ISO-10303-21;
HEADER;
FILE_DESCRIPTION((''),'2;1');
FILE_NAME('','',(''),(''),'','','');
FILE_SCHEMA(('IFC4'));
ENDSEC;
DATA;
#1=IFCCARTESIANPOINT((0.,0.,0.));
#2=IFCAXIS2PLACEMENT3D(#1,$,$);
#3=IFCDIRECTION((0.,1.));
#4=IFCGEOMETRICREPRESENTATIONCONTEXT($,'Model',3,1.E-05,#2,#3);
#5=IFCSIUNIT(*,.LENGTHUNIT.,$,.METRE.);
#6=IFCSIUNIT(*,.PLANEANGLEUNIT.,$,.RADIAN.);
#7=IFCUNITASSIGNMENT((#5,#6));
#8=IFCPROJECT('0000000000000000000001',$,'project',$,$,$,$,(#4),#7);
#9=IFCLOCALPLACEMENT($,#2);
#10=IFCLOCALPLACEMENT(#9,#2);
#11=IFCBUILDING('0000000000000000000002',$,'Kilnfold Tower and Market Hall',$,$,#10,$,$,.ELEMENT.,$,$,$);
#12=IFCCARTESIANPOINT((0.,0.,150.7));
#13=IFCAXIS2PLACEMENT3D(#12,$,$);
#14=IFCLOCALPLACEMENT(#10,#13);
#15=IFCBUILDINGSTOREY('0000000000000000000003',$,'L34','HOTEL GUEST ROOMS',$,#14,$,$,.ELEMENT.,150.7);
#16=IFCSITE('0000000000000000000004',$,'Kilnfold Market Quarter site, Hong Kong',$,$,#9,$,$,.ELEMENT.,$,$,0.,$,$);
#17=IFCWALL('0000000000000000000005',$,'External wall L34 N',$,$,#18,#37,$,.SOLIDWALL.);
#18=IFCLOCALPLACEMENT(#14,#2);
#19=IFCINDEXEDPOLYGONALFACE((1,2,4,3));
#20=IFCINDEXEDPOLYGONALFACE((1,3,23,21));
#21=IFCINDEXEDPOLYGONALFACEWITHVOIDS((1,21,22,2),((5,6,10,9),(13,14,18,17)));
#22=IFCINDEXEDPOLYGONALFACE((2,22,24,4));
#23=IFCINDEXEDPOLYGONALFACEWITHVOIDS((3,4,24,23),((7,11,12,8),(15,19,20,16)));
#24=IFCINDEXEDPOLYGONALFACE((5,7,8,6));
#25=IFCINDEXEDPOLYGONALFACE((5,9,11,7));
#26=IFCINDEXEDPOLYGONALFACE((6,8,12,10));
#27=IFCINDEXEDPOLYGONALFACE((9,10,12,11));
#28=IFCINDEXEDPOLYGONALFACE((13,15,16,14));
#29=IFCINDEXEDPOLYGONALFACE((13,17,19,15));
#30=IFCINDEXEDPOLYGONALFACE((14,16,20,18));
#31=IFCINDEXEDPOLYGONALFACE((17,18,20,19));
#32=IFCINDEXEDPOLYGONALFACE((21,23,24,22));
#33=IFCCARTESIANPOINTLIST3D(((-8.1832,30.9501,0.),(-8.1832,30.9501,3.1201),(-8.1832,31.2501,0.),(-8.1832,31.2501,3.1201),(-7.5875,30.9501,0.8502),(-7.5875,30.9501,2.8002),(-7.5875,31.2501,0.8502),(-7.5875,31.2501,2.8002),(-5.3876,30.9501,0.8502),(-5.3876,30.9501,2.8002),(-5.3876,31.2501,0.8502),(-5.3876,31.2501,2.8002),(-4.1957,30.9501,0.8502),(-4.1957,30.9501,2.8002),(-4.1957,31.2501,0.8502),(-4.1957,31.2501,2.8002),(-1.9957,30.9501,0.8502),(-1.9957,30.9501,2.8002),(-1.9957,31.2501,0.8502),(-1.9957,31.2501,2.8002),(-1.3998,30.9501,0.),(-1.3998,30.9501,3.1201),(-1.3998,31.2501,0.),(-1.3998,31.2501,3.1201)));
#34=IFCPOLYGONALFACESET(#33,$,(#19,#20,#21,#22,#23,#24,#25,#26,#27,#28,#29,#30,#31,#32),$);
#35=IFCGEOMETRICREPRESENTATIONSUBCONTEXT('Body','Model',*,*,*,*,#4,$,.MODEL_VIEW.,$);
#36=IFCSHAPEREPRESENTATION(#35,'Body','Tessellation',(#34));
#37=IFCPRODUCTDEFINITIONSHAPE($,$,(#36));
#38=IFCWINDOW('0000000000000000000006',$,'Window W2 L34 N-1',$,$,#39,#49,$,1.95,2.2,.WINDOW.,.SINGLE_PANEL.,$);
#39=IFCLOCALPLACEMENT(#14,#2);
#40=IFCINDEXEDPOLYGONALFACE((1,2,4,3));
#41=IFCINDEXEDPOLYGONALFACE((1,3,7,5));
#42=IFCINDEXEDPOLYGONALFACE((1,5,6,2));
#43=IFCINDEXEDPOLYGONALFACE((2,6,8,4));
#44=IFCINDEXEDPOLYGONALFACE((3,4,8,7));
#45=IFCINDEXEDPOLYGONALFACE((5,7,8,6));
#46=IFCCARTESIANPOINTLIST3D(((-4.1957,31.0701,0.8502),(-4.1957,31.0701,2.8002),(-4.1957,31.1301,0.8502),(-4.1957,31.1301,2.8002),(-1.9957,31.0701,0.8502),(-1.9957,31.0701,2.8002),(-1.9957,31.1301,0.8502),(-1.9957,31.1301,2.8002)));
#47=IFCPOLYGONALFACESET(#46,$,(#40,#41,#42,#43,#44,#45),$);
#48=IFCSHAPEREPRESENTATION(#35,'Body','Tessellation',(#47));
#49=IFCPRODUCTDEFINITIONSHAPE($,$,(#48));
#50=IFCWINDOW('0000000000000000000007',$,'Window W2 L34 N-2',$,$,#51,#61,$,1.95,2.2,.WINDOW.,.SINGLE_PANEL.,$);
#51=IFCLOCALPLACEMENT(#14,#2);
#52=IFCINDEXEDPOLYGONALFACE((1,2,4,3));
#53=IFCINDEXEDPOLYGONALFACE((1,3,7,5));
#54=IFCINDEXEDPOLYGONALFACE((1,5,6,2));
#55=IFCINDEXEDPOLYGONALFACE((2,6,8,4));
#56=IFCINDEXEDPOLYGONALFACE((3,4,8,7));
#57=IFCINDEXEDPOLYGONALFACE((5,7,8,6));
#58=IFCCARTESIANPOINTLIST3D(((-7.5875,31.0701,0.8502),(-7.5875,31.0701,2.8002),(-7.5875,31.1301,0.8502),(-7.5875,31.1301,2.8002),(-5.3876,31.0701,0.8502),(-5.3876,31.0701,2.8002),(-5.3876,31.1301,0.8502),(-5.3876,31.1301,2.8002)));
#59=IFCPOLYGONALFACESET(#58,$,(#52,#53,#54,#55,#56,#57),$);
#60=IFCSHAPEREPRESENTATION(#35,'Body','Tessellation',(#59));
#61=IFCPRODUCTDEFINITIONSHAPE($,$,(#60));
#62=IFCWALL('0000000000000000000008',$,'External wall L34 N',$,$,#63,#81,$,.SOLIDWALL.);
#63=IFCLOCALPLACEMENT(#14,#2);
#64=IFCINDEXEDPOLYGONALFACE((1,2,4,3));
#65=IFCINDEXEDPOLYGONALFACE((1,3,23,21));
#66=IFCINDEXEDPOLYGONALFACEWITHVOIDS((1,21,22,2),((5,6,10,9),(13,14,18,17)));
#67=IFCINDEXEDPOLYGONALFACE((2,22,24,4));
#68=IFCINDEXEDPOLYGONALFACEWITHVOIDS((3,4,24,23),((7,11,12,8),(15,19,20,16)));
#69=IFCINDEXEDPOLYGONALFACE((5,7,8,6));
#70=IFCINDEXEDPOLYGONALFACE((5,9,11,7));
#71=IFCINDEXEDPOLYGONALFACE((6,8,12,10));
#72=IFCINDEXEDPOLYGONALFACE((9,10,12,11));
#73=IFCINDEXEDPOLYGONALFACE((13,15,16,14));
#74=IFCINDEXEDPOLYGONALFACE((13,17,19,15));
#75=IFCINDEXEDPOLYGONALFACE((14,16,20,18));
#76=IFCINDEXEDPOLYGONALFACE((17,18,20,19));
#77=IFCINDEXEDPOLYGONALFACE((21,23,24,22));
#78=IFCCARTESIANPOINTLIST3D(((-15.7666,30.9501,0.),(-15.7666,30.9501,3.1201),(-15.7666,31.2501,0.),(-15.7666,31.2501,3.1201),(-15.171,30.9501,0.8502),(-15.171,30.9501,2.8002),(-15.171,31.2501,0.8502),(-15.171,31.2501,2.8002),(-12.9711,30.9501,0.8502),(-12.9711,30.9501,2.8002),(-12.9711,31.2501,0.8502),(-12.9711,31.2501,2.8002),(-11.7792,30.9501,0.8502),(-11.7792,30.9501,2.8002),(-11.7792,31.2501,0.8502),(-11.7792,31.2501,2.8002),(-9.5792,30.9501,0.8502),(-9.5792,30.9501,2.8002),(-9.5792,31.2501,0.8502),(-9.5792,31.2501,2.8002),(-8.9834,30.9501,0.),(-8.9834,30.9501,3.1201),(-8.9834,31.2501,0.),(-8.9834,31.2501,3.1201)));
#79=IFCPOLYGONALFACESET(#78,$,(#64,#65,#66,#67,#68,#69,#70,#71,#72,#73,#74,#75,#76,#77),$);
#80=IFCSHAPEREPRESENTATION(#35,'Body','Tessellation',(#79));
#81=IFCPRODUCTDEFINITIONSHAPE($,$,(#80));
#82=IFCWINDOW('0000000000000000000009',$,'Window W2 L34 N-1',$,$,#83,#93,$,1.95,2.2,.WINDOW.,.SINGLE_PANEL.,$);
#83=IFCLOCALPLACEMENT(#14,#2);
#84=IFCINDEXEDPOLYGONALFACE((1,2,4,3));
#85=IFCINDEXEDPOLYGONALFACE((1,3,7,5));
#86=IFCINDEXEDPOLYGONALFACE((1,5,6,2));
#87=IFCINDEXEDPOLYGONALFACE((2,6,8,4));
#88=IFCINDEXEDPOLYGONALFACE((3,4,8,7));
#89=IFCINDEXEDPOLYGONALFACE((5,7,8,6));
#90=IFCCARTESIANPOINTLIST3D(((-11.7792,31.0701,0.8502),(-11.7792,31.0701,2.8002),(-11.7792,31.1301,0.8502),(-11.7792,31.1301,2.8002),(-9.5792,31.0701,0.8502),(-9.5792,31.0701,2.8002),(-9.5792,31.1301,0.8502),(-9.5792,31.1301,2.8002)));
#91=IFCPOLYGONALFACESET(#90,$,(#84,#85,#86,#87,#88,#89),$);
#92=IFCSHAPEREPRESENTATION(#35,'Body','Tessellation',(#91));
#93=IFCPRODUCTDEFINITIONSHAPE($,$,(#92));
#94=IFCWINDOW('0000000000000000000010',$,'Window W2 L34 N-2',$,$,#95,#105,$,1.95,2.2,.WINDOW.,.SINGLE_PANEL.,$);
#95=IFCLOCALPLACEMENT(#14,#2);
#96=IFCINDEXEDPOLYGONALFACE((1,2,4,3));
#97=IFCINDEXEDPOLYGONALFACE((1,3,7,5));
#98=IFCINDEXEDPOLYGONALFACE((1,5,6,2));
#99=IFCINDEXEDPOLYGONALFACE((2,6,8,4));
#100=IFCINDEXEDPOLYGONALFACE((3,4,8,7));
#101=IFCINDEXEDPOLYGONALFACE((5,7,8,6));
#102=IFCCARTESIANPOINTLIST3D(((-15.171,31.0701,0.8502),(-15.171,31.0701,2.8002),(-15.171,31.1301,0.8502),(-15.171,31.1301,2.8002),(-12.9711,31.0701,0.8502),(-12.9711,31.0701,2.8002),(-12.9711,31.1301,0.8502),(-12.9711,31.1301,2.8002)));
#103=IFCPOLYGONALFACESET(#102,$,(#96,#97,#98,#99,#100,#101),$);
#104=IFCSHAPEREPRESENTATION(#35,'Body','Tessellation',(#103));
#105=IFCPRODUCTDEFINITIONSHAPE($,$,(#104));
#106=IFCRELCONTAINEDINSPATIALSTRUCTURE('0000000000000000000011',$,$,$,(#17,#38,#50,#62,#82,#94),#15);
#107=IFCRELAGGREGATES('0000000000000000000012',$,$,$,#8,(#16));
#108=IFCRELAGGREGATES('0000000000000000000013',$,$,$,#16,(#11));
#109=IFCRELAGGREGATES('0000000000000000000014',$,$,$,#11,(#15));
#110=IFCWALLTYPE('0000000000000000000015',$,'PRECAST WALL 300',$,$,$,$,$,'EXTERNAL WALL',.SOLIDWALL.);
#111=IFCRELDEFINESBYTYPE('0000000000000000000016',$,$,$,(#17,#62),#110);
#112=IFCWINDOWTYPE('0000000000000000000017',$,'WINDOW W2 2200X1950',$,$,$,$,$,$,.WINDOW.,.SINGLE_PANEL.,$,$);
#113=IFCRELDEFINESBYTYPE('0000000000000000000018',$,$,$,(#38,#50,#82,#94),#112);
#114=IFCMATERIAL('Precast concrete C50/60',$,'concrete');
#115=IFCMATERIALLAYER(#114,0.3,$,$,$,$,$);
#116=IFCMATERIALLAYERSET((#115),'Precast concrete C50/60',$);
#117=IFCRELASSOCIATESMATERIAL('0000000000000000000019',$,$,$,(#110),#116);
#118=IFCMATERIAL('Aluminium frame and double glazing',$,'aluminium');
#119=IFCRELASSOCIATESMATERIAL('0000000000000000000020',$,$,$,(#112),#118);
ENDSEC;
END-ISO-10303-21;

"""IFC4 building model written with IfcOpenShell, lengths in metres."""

from ifc_helpers import new_model, si_unit, direction, frame, frame_2d, origin, place, context, subcontext, project, spatial, rectangle, extrude, source, transform, mapped, material, layer, layer_set, type_object, element, fill, save


model = new_model("IFC4")

# Units and contexts
model_context = context("Model", 3, precision=1e-05, world=origin(), true_north=direction((0.0, 1.0)))
body_context = subcontext(model_context, "Body", "Model", "MODEL_VIEW")
ifc_project = project(units=[si_unit("LENGTHUNIT", "METRE"), si_unit("PLANEANGLEUNIT", "RADIAN")], contexts=[model_context])

# Site, building, storey
site_placement = place(None, origin())
site = spatial("IfcSite", under=ifc_project, at=site_placement, Name="Kilnfold Market Quarter site, Hong Kong", CompositionType="ELEMENT", RefElevation=0.0)
building_placement = place(site_placement, origin())
building = spatial("IfcBuilding", under=site, at=building_placement, Name="Kilnfold Tower and Market Hall", CompositionType="ELEMENT")
storey_placement = place(building_placement, frame((0.0, 0.0, 150.7)))
storey = spatial("IfcBuildingStorey", under=building, at=storey_placement, Name="L34", Description="HOTEL GUEST ROOMS", CompositionType="ELEMENT", Elevation=150.7)

# Walls, openings, windows
ifc_material_1 = material(Name="Precast concrete C50/60", Category="concrete")
ifc_layer_1 = layer(ifc_material_1, 0.3)
ifc_layer_set_1 = layer_set([ifc_layer_1], Name="Precast concrete C50/60")
wall_type_1 = type_object("IfcWallType", Name="PRECAST WALL 300", ElementType="EXTERNAL WALL", PredefinedType="SOLIDWALL", material=ifc_layer_set_1)
shared_shape_1 = source(origin(), body_context, "Body", "SweptSolid", [
    extrude(rectangle(XDim=6.7834, YDim=0.3, at=frame_2d((3.3916, 0.0))), origin(), (0.0, 0.0, 1.0), 3.1201),
])
wall_1_placement = place(storey_placement, frame((-1.3999, 31.1001, 0.0), z_axis=(0.0, 0.0, 1.0), x_axis=(-1.0, 0.0, 0.0)))
wall_1 = element("IfcWall", 1, at=wall_1_placement, inside=storey, type_object=wall_type_1, Name="External wall L34 N", PredefinedType="SOLIDWALL", context=body_context, shape_type="MappedRepresentation", body=[
    mapped(shared_shape_1, transform((0.0, 0.0, 0.0))),
])
opening_1_placement = place(wall_1_placement, frame((0.5957, 0.0, 0.8501)))
opening_1 = element("IfcOpeningElement", 2, at=opening_1_placement, cuts=wall_1, PredefinedType="OPENING", context=body_context, shape_type="SweptSolid", body=[
    extrude(rectangle(XDim=2.2, YDim=1.95, at=frame_2d((1.1001, 0.9751))), frame((0.0, 0.1602, 0.0), z_axis=(0.0, -1.0, 0.0), x_axis=(1.0, 0.0, 0.0)), (0.0, 0.0, 1.0), 0.3201),
])
opening_2_placement = place(wall_1_placement, frame((3.9875, 0.0, 0.8501)))
opening_2 = element("IfcOpeningElement", 3, at=opening_2_placement, cuts=wall_1, PredefinedType="OPENING", context=body_context, shape_type="SweptSolid", body=[
    extrude(rectangle(XDim=2.2, YDim=1.95, at=frame_2d((1.1001, 0.9751))), frame((0.0, 0.1602, 0.0), z_axis=(0.0, -1.0, 0.0), x_axis=(1.0, 0.0, 0.0)), (0.0, 0.0, 1.0), 0.3201),
])
ifc_material_2 = material(Name="Aluminium frame and double glazing", Category="aluminium")
window_type = type_object("IfcWindowType", Name="WINDOW W2 2200X1950", PartitioningType="SINGLE_PANEL", PredefinedType="WINDOW", material=ifc_material_2)
window_1_placement = place(opening_1_placement, origin())
window_1 = element("IfcWindow", 4, at=window_1_placement, inside=storey, type_object=window_type, Name="Window W2 L34 N-1", OverallHeight=1.95, OverallWidth=2.2, PartitioningType="SINGLE_PANEL", PredefinedType="WINDOW", context=body_context, shape_type="SweptSolid", body=[
    extrude(rectangle(XDim=2.2, YDim=1.95, at=frame_2d((1.1001, 0.9751))), frame((0.0, 0.03, 0.0), z_axis=(0.0, -1.0, 0.0), x_axis=(1.0, 0.0, 0.0)), (0.0, 0.0, 1.0), 0.0601),
])
fill(opening_1, window_1)
window_2_placement = place(opening_2_placement, origin())
window_2 = element("IfcWindow", 5, at=window_2_placement, inside=storey, type_object=window_type, Name="Window W2 L34 N-2", OverallHeight=1.95, OverallWidth=2.2, PartitioningType="SINGLE_PANEL", PredefinedType="WINDOW", context=body_context, shape_type="SweptSolid", body=[
    extrude(rectangle(XDim=2.2, YDim=1.95, at=frame_2d((1.1001, 0.9751))), frame((0.0, 0.03, 0.0), z_axis=(0.0, -1.0, 0.0), x_axis=(1.0, 0.0, 0.0)), (0.0, 0.0, 1.0), 0.0601),
])
fill(opening_2, window_2)
shared_shape_2 = source(origin(), body_context, "Body", "SweptSolid", [
    extrude(rectangle(XDim=6.7832, YDim=0.3, at=frame_2d((3.3916, 0.0))), origin(), (0.0, 0.0, 1.0), 3.1201),
])
wall_2_placement = place(storey_placement, frame((-8.9834, 31.1001, 0.0), z_axis=(0.0, 0.0, 1.0), x_axis=(-1.0, 0.0, 0.0)))
wall_2 = element("IfcWall", 6, at=wall_2_placement, inside=storey, type_object=wall_type_1, Name="External wall L34 N", PredefinedType="SOLIDWALL", context=body_context, shape_type="MappedRepresentation", body=[
    mapped(shared_shape_2, transform((0.0, 0.0, 0.0))),
])
opening_3_placement = place(wall_2_placement, frame((0.5957, 0.0, 0.8501)))
opening_3 = element("IfcOpeningElement", 7, at=opening_3_placement, cuts=wall_2, PredefinedType="OPENING", context=body_context, shape_type="SweptSolid", body=[
    extrude(rectangle(XDim=2.2, YDim=1.95, at=frame_2d((1.1001, 0.9751))), frame((0.0, 0.1602, 0.0), z_axis=(0.0, -1.0, 0.0), x_axis=(1.0, 0.0, 0.0)), (0.0, 0.0, 1.0), 0.3201),
])
opening_4_placement = place(wall_2_placement, frame((3.9875, 0.0, 0.8501)))
opening_4 = element("IfcOpeningElement", 8, at=opening_4_placement, cuts=wall_2, PredefinedType="OPENING", context=body_context, shape_type="SweptSolid", body=[
    extrude(rectangle(XDim=2.2, YDim=1.95, at=frame_2d((1.1001, 0.9751))), frame((0.0, 0.1602, 0.0), z_axis=(0.0, -1.0, 0.0), x_axis=(1.0, 0.0, 0.0)), (0.0, 0.0, 1.0), 0.3201),
])
window_3_placement = place(opening_3_placement, origin())
window_3 = element("IfcWindow", 9, at=window_3_placement, inside=storey, type_object=window_type, Name="Window W2 L34 N-1", OverallHeight=1.95, OverallWidth=2.2, PartitioningType="SINGLE_PANEL", PredefinedType="WINDOW", context=body_context, shape_type="SweptSolid", body=[
    extrude(rectangle(XDim=2.2, YDim=1.95, at=frame_2d((1.1001, 0.9751))), frame((0.0, 0.03, 0.0), z_axis=(0.0, -1.0, 0.0), x_axis=(1.0, 0.0, 0.0)), (0.0, 0.0, 1.0), 0.0601),
])
fill(opening_3, window_3)
window_4_placement = place(opening_4_placement, origin())
window_4 = element("IfcWindow", 10, at=window_4_placement, inside=storey, type_object=window_type, Name="Window W2 L34 N-2", OverallHeight=1.95, OverallWidth=2.2, PartitioningType="SINGLE_PANEL", PredefinedType="WINDOW", context=body_context, shape_type="SweptSolid", body=[
    extrude(rectangle(XDim=2.2, YDim=1.95, at=frame_2d((1.1001, 0.9751))), frame((0.0, 0.03, 0.0), z_axis=(0.0, -1.0, 0.0), x_axis=(1.0, 0.0, 0.0)), (0.0, 0.0, 1.0), 0.0601),
])
fill(opening_4, window_4)

save(model, "model.ifc")
